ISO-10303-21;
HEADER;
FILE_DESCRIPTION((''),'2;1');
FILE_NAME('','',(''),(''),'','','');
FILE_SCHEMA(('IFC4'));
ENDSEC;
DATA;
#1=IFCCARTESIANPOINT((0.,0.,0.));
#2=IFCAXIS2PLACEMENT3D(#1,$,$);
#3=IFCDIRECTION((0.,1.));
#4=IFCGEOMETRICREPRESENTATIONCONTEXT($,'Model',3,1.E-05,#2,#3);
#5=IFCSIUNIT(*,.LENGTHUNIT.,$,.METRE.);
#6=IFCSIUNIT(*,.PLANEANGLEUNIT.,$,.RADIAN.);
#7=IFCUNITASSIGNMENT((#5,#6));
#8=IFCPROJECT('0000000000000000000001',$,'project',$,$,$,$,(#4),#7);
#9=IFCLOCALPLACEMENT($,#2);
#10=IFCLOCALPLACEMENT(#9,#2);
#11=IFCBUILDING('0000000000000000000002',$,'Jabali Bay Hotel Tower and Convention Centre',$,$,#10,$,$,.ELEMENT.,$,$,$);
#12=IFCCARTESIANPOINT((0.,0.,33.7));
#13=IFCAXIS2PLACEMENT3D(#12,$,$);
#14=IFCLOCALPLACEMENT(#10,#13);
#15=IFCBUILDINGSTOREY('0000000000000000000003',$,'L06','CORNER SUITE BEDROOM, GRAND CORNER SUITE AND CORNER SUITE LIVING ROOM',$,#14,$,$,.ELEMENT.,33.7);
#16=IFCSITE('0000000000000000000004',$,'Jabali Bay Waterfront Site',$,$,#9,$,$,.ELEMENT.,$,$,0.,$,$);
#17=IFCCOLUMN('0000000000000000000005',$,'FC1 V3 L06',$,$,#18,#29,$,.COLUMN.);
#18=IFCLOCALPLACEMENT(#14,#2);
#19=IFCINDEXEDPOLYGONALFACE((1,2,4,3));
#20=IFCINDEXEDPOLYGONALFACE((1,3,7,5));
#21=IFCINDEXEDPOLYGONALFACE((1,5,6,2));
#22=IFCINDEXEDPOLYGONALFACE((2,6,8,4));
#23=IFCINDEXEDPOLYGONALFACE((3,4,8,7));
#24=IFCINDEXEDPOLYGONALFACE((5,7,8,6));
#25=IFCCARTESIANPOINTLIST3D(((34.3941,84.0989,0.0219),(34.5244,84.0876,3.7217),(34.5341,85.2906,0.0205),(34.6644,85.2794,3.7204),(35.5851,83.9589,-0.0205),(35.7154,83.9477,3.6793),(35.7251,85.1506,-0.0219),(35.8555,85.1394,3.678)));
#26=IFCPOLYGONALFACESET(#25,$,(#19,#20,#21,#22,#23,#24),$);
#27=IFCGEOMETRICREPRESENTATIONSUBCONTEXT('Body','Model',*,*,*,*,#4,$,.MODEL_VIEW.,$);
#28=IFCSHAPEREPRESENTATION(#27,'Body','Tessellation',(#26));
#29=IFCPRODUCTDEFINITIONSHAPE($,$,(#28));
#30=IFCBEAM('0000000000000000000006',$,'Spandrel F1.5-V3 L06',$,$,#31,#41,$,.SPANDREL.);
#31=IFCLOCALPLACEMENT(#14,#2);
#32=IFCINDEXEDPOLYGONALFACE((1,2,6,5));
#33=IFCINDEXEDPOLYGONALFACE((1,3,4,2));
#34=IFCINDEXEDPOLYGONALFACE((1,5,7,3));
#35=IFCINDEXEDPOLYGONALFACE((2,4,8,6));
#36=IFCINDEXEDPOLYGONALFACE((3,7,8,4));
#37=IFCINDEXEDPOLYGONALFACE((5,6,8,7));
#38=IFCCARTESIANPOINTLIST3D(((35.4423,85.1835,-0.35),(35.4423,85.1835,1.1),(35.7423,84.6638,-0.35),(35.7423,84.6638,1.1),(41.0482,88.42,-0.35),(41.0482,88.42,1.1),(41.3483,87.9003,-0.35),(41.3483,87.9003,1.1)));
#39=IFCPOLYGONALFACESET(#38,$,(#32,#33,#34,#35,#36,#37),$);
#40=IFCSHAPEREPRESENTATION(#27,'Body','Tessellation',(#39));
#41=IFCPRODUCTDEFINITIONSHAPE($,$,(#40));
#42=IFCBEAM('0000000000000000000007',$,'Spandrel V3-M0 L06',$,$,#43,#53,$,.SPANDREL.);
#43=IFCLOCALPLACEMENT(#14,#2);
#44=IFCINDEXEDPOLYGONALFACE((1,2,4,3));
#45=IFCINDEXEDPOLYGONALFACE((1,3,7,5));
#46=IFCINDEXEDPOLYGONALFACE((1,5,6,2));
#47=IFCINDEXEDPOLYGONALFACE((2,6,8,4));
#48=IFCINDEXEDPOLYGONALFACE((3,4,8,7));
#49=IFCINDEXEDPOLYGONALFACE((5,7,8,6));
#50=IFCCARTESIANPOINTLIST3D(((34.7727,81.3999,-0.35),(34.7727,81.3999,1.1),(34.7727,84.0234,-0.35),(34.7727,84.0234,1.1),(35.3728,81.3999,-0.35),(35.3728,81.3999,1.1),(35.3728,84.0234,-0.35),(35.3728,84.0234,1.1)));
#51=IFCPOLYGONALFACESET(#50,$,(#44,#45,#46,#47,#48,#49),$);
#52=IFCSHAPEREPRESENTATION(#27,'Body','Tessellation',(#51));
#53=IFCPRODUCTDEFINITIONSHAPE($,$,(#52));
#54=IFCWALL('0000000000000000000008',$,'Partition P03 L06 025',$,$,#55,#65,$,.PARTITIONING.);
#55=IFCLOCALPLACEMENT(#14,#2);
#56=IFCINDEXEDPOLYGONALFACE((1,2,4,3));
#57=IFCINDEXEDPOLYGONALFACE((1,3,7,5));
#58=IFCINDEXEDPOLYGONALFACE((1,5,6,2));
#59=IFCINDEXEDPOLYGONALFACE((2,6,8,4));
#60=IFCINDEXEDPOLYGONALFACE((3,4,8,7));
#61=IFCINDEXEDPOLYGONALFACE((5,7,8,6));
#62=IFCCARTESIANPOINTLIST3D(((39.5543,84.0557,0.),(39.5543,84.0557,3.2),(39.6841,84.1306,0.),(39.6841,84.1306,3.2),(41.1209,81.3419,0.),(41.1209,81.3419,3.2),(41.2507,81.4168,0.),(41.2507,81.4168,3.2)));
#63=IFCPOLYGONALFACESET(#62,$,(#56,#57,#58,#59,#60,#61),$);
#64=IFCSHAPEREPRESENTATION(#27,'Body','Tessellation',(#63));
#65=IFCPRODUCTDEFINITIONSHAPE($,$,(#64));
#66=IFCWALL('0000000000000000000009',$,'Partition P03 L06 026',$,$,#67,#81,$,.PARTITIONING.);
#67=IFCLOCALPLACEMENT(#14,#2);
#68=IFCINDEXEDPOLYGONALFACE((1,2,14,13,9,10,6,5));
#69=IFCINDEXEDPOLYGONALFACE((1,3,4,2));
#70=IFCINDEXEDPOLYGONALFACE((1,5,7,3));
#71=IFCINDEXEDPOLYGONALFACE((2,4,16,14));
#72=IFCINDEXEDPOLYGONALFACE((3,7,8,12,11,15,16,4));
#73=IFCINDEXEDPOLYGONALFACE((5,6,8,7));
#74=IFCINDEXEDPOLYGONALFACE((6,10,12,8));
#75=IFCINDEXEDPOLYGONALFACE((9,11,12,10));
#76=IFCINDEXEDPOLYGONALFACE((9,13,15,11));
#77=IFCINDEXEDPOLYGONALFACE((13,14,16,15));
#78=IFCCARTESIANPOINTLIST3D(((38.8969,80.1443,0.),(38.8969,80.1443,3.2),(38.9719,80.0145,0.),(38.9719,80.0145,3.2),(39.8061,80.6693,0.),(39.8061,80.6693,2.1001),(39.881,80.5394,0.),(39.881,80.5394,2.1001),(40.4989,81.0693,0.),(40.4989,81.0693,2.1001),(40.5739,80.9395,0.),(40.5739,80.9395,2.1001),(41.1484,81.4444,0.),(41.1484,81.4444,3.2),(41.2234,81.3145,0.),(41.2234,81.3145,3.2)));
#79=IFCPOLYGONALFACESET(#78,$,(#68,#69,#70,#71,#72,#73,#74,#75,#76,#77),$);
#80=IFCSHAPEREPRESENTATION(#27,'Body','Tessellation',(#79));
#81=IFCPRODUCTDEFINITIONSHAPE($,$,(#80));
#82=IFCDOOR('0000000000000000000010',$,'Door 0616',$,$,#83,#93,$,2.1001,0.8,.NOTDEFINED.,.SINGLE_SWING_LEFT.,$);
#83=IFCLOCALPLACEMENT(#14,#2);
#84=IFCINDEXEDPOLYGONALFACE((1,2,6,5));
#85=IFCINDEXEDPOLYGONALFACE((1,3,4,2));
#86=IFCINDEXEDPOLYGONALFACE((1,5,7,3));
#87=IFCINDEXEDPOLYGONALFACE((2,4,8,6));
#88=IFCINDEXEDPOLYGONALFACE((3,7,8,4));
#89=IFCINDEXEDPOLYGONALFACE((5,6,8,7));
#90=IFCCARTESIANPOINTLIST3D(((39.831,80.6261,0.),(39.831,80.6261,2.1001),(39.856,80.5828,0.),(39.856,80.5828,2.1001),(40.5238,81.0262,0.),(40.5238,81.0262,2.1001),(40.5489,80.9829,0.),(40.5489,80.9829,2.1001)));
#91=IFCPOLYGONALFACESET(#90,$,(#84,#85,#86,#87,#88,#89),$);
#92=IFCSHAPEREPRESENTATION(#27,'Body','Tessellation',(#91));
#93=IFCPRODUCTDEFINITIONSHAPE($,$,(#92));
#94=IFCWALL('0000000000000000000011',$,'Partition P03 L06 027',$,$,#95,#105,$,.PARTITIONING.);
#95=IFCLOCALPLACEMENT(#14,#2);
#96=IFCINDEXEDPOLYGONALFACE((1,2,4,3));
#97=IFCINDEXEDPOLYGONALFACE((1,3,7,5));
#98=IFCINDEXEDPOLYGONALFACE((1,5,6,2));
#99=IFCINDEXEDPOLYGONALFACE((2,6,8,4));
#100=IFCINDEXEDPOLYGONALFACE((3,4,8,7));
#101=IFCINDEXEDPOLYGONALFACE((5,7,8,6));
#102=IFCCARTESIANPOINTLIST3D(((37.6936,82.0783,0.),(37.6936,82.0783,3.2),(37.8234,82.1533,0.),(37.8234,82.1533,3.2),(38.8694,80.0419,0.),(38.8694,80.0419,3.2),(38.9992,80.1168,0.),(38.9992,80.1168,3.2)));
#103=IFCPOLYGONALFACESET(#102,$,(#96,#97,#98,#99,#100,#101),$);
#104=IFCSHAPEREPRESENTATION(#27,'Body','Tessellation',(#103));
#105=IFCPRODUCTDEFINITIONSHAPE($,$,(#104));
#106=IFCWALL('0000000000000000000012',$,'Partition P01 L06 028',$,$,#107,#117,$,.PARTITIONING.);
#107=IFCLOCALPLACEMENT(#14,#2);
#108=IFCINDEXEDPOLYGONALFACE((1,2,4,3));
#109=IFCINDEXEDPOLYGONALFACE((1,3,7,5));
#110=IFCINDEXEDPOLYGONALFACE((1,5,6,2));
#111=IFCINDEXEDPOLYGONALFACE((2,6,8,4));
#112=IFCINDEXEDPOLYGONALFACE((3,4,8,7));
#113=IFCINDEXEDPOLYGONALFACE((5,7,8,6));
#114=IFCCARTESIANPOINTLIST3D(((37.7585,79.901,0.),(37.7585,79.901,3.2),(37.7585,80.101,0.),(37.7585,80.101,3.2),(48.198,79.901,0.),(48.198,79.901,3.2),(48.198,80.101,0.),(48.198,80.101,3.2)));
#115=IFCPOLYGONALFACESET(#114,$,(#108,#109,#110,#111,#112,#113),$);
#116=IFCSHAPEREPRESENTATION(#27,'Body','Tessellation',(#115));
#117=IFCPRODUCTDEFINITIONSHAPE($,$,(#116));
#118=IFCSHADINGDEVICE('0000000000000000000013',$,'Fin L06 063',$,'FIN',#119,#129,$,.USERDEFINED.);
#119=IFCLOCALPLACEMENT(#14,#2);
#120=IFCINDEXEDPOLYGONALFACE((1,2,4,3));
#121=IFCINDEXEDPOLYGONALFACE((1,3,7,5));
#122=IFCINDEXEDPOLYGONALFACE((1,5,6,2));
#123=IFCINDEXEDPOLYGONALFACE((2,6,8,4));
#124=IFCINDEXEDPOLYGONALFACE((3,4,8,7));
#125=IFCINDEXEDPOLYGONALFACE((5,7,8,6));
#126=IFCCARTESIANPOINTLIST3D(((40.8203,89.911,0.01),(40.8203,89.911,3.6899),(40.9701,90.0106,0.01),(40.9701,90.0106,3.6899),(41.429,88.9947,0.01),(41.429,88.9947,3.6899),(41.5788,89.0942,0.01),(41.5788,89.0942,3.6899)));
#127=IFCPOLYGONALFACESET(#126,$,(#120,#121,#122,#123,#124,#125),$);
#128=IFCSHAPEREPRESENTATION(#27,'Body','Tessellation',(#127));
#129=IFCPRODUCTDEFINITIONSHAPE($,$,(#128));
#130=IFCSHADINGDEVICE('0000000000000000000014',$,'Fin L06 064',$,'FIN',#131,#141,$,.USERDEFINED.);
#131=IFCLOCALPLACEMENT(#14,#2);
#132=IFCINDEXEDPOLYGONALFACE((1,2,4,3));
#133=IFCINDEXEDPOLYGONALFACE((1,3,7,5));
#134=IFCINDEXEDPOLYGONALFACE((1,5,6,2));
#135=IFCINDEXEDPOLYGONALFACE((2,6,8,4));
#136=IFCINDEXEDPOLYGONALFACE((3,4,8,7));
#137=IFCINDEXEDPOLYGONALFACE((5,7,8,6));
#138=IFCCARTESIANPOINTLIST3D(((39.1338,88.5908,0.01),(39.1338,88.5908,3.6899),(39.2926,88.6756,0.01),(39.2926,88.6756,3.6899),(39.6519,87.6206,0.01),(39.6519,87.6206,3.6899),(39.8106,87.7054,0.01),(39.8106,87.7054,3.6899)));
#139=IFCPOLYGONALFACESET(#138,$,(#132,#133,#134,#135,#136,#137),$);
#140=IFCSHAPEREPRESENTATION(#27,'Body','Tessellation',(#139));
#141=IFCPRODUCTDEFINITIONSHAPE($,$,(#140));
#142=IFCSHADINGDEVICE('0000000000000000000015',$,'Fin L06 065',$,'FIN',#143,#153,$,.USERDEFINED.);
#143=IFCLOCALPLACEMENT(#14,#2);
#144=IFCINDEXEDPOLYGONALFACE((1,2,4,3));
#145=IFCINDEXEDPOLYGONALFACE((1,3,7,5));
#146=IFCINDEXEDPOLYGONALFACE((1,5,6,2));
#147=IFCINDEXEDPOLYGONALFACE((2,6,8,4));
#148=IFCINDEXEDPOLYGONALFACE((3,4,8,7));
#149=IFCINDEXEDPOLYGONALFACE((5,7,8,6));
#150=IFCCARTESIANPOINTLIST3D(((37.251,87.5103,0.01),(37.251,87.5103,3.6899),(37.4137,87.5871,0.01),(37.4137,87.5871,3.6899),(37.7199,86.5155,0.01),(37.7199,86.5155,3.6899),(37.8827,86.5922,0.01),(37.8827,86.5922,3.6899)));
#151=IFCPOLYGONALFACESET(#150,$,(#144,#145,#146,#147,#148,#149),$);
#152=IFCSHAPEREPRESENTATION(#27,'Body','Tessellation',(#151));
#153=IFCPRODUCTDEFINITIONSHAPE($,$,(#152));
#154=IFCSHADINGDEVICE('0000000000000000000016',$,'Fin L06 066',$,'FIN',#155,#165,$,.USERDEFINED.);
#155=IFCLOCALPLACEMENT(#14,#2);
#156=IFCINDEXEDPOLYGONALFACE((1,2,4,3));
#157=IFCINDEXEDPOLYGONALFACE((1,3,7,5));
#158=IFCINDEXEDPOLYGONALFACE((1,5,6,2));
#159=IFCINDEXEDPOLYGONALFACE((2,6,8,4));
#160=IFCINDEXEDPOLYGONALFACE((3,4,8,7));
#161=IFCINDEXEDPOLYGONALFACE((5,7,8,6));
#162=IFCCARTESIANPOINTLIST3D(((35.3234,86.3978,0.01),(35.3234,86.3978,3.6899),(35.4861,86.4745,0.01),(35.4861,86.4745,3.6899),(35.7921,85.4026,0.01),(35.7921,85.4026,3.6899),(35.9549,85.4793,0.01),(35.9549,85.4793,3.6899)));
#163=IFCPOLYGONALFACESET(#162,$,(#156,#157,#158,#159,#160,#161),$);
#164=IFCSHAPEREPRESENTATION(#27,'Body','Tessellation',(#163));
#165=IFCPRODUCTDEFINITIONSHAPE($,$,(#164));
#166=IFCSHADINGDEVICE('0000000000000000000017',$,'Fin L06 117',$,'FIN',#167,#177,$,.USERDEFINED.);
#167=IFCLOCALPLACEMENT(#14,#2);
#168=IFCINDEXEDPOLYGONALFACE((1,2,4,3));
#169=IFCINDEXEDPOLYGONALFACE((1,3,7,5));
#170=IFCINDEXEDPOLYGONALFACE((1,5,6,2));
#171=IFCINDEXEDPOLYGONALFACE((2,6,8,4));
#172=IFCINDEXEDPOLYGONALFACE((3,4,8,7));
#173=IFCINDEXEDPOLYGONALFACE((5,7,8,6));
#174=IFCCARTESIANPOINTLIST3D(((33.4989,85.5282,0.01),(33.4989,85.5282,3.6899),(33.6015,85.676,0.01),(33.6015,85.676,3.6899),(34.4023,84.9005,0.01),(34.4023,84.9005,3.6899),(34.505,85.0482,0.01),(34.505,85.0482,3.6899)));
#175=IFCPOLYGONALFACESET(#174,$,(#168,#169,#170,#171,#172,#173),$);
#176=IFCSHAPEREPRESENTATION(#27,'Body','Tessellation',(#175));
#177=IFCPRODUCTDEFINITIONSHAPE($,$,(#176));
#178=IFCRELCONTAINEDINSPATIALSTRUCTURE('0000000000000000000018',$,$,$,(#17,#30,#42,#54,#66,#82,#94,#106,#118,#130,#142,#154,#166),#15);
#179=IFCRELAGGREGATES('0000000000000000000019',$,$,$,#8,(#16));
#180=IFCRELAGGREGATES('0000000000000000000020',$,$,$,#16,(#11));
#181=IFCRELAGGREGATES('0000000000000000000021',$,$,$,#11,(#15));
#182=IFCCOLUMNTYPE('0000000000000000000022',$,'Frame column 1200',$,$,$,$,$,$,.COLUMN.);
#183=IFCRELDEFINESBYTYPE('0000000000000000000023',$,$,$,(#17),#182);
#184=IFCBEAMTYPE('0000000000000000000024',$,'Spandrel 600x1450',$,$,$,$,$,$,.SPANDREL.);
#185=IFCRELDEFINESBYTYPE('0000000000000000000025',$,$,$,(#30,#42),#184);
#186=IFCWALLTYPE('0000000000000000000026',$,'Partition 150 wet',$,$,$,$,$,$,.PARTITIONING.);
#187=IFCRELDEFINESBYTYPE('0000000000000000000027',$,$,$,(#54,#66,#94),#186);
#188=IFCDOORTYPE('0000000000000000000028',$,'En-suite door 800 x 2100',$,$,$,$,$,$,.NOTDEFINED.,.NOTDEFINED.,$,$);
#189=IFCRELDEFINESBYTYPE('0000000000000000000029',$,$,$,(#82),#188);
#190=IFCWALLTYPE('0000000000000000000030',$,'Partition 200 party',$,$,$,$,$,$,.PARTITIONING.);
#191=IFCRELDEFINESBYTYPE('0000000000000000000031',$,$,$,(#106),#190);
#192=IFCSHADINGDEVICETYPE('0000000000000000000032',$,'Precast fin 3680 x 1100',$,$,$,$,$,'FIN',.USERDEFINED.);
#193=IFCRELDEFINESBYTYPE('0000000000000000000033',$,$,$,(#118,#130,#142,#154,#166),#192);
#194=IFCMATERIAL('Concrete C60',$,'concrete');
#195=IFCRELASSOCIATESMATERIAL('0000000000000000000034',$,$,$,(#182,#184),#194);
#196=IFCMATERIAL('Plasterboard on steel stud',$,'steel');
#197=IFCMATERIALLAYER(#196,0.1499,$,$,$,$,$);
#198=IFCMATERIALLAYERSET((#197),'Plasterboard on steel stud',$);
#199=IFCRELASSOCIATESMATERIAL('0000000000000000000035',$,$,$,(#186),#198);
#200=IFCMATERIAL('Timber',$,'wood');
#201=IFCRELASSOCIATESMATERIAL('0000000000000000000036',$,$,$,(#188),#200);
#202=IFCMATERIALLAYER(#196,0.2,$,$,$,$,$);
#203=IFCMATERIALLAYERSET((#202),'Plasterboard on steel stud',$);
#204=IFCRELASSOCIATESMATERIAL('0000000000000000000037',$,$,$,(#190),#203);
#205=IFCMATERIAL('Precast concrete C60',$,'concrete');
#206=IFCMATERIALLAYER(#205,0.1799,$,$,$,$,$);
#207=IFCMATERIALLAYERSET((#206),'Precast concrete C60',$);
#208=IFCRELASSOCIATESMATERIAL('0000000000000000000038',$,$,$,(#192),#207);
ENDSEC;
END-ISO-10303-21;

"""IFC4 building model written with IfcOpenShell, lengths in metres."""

from ifc_helpers import new_model, si_unit, direction, frame, frame_2d, origin, origin_2d, place, context, subcontext, project, spatial, rectangle, extrude, material, layer, layer_set, material_profile, profile_set, type_object, element, fill, save


model = new_model("IFC4")

# Units and contexts
model_context = context("Model", 3, precision=1e-05, world=origin(), true_north=direction((0.0, 1.0)))
body_context = subcontext(model_context, "Body", "Model", "MODEL_VIEW")
ifc_project = project(units=[si_unit("LENGTHUNIT", "METRE"), si_unit("PLANEANGLEUNIT", "RADIAN")], contexts=[model_context])

# Site, building, storey
site_placement = place(None, origin())
site = spatial("IfcSite", under=ifc_project, at=site_placement, Name="Jabali Bay Waterfront Site", CompositionType="ELEMENT", RefElevation=0.0)
building_placement = place(site_placement, origin())
building = spatial("IfcBuilding", under=site, at=building_placement, Name="Jabali Bay Hotel Tower and Convention Centre", CompositionType="ELEMENT")
storey_placement = place(building_placement, frame((0.0, 0.0, 33.7)))
storey = spatial("IfcBuildingStorey", under=building, at=storey_placement, Name="L06", Description="CORNER SUITE BEDROOM, GRAND CORNER SUITE AND CORNER SUITE LIVING ROOM", CompositionType="ELEMENT", Elevation=33.7)

# Column
ifc_material_1 = material(Name="Concrete C60", Category="concrete")
ifc_material_profile_1 = material_profile(ifc_material_1, rectangle(XDim=1.2, YDim=1.2, at=origin_2d()), Name="Frame column 1200")
ifc_profile_set_1 = profile_set([ifc_material_profile_1], Name="Concrete C60")
column_type = type_object("IfcColumnType", Name="Frame column 1200", PredefinedType="COLUMN", material=ifc_profile_set_1)
column_placement = place(storey_placement, frame((35.0596, 84.6248, 0.0), z_axis=(0.035214, -0.003033, 0.999375), x_axis=(-0.992544, 0.116659, 0.035327)))
element("IfcColumn", 1, at=column_placement, inside=storey, type_object=column_type, Name="FC1 V3 L06", PredefinedType="COLUMN", context=body_context, shape_type="SweptSolid", body=[
    extrude(rectangle(XDim=1.2, YDim=1.2, at=origin_2d()), origin(), (0.0, 0.0, 1.0), 3.7021),
])

# Beams
ifc_material_profile_2 = material_profile(ifc_material_1, rectangle(XDim=0.6001, YDim=1.45, at=origin_2d()), Name="Spandrel 600x1450")
ifc_profile_set_2 = profile_set([ifc_material_profile_2], Name="Concrete C60")
beam_type = type_object("IfcBeamType", Name="Spandrel 600x1450", PredefinedType="SPANDREL", material=ifc_profile_set_2)
beam_1_placement = place(storey_placement, frame((41.1982, 88.1602, 0.375), z_axis=(-0.866027, -0.499997, 0.0), x_axis=(0.499997, -0.866027, 0.0)))
element("IfcBeam", 2, at=beam_1_placement, inside=storey, type_object=beam_type, Name="Spandrel F1.5-V3 L06", PredefinedType="SPANDREL", context=body_context, shape_type="SweptSolid", body=[
    extrude(rectangle(XDim=0.6001, YDim=1.45, at=origin_2d()), origin(), (0.0, 0.0, 1.0), 6.4731),
])
beam_2_placement = place(storey_placement, frame((35.0728, 84.0234, 0.375), z_axis=(0.0, -1.0, 0.0), x_axis=(1.0, 0.0, 0.0)))
element("IfcBeam", 3, at=beam_2_placement, inside=storey, type_object=beam_type, Name="Spandrel V3-M0 L06", PredefinedType="SPANDREL", context=body_context, shape_type="SweptSolid", body=[
    extrude(rectangle(XDim=0.6001, YDim=1.45, at=origin_2d()), origin(), (0.0, 0.0, 1.0), 2.6235),
])

# Wall
ifc_material_2 = material(Name="Plasterboard on steel stud", Category="steel")
ifc_layer_1 = layer(ifc_material_2, 0.1499)
ifc_layer_set_1 = layer_set([ifc_layer_1], Name="Plasterboard on steel stud")
wall_type_1 = type_object("IfcWallType", Name="Partition 150 wet", PredefinedType="PARTITIONING", material=ifc_layer_set_1)
wall_1_placement = place(storey_placement, frame((39.6191, 84.0933, 0.0), z_axis=(0.0, 0.0, 1.0), x_axis=(0.499952, -0.866053, 0.0)))
element("IfcWall", 4, at=wall_1_placement, inside=storey, type_object=wall_type_1, Name="Partition P03 L06 025", PredefinedType="PARTITIONING", context=body_context, shape_type="SweptSolid", body=[
    extrude(rectangle(XDim=3.1335, YDim=0.1499, at=frame_2d((1.5669, 0.0))), origin(), (0.0, 0.0, 1.0), 3.2),
])

# Wall, opening, door
wall_2_placement = place(storey_placement, frame((41.1858, 81.3794, 0.0), z_axis=(0.0, 0.0, 1.0), x_axis=(-0.865998, -0.500048, 0.0)))
wall_2 = element("IfcWall", 5, at=wall_2_placement, inside=storey, type_object=wall_type_1, Name="Partition P03 L06 026", PredefinedType="PARTITIONING", context=body_context, shape_type="SweptSolid", body=[
    extrude(rectangle(XDim=2.5999, YDim=0.1499, at=frame_2d((1.2998, 0.0))), origin(), (0.0, 0.0, 1.0), 3.2),
])
opening_1_placement = place(wall_2_placement, frame((0.75, 0.0, 0.0)))
opening_1 = element("IfcOpeningElement", 6, at=opening_1_placement, cuts=wall_2, PredefinedType="OPENING", context=body_context, shape_type="SweptSolid", body=[
    extrude(rectangle(XDim=0.8, YDim=2.1001, at=frame_2d((0.3999, 1.05))), frame((0.0, 0.0854, 0.0), z_axis=(0.0, -1.0, 0.0), x_axis=(1.0, 0.0, 0.0)), (0.0, 0.0, 1.0), 0.1709),
])
ifc_material_3 = material(Name="Timber", Category="wood")
door_type_1 = type_object("IfcDoorType", Name="En-suite door 800 x 2100", OperationType="NOTDEFINED", PredefinedType="NOTDEFINED", material=ifc_material_3)
door_1_placement = place(opening_1_placement, origin())
door_1 = element("IfcDoor", 7, at=door_1_placement, inside=storey, type_object=door_type_1, Name="Door 0616", OperationType="SINGLE_SWING_LEFT", OverallHeight=2.1001, OverallWidth=0.8, PredefinedType="NOTDEFINED", context=body_context, shape_type="SweptSolid", body=[
    extrude(rectangle(XDim=0.8, YDim=2.1001, at=frame_2d((0.3999, 1.05))), frame((0.0, 0.0249, 0.0), z_axis=(0.0, -1.0, 0.0), x_axis=(1.0, 0.0, 0.0)), (0.0, 0.0, 1.0), 0.05),
])
fill(opening_1, door_1)

# Walls
wall_3_placement = place(storey_placement, frame((38.9343, 80.0793, 0.0), z_axis=(0.0, 0.0, 1.0), x_axis=(-0.500025, 0.866011, 0.0)))
element("IfcWall", 8, at=wall_3_placement, inside=storey, type_object=wall_type_1, Name="Partition P03 L06 027", PredefinedType="PARTITIONING", context=body_context, shape_type="SweptSolid", body=[
    extrude(rectangle(XDim=2.3516, YDim=0.1499, at=frame_2d((1.1758, 0.0))), origin(), (0.0, 0.0, 1.0), 3.2),
])
ifc_layer_2 = layer(ifc_material_2, 0.2)
ifc_layer_set_2 = layer_set([ifc_layer_2], Name="Plasterboard on steel stud")
wall_type_2 = type_object("IfcWallType", Name="Partition 200 party", PredefinedType="PARTITIONING", material=ifc_layer_set_2)
wall_4_placement = place(storey_placement, frame((37.7585, 80.001, 0.0), z_axis=(0.0, 0.0, 1.0), x_axis=(1.0, 0.0, 0.0)))
element("IfcWall", 9, at=wall_4_placement, inside=storey, type_object=wall_type_2, Name="Partition P01 L06 028", PredefinedType="PARTITIONING", context=body_context, shape_type="SweptSolid", body=[
    extrude(rectangle(XDim=10.4395, YDim=0.2, at=frame_2d((5.2197, 0.0))), origin(), (0.0, 0.0, 1.0), 3.2),
])

# Shading devices
ifc_material_4 = material(Name="Precast concrete C60", Category="concrete")
ifc_layer_3 = layer(ifc_material_4, 0.1799)
ifc_layer_set_3 = layer_set([ifc_layer_3], Name="Precast concrete C60")
shading_device_type_1 = type_object("IfcShadingDeviceType", Name="Precast fin 3680 x 1100", ElementType="FIN", PredefinedType="USERDEFINED", material=ifc_layer_set_3)
shading_device_placement = place(storey_placement, frame((41.5039, 89.0444, 0.01), z_axis=(0.0, 0.0, 1.0), x_axis=(-0.553317, 0.832971, 0.0)))
element("IfcShadingDevice", 10, at=shading_device_placement, inside=storey, type_object=shading_device_type_1, Name="Fin L06 063", ObjectType="FIN", PredefinedType="USERDEFINED", context=body_context, shape_type="SweptSolid", body=[
    extrude(rectangle(XDim=1.1001, YDim=0.1799, at=frame_2d((0.55, 0.0))), origin(), (0.0, 0.0, 1.0), 3.6799),
])
for number, where, z_axis, x_axis, name in (
    (11, (39.7312, 87.6631, 0.01), (0.0, 0.0, 1.0), (-0.471026, 0.882119, 0.0), "Fin L06 064"),
    (12, (37.8013, 86.554, 0.01), (0.0, 0.0, 1.0), (-0.426406, 0.904532, 0.0), "Fin L06 065"),
):
    element("IfcShadingDevice", number, at=place(storey_placement, frame(where, z_axis=z_axis, x_axis=x_axis)), inside=storey, type_object=shading_device_type_1, Name=name, ObjectType="FIN", PredefinedType="USERDEFINED", context=body_context, shape_type="SweptSolid", body=[
        extrude(rectangle(XDim=1.0999, YDim=0.1799, at=frame_2d((0.5498, 0.0))), origin(), (0.0, 0.0, 1.0), 3.6799),
    ])
for number, where, z_axis, x_axis, name in (
    (13, (35.8735, 85.4409, 0.01), (0.0, 0.0, 1.0), (-0.426139, 0.904658, 0.0), "Fin L06 066"),
    (14, (34.4536, 84.9744, 0.01), (0.0, 0.0, 1.0), (-0.821208, 0.570629, 0.0), "Fin L06 117"),
):
    element("IfcShadingDevice", number, at=place(storey_placement, frame(where, z_axis=z_axis, x_axis=x_axis)), inside=storey, type_object=shading_device_type_1, Name=name, ObjectType="FIN", PredefinedType="USERDEFINED", context=body_context, shape_type="SweptSolid", body=[
        extrude(rectangle(XDim=1.1001, YDim=0.1799, at=frame_2d((0.55, 0.0))), origin(), (0.0, 0.0, 1.0), 3.6799),
    ])

save(model, "model.ifc")
